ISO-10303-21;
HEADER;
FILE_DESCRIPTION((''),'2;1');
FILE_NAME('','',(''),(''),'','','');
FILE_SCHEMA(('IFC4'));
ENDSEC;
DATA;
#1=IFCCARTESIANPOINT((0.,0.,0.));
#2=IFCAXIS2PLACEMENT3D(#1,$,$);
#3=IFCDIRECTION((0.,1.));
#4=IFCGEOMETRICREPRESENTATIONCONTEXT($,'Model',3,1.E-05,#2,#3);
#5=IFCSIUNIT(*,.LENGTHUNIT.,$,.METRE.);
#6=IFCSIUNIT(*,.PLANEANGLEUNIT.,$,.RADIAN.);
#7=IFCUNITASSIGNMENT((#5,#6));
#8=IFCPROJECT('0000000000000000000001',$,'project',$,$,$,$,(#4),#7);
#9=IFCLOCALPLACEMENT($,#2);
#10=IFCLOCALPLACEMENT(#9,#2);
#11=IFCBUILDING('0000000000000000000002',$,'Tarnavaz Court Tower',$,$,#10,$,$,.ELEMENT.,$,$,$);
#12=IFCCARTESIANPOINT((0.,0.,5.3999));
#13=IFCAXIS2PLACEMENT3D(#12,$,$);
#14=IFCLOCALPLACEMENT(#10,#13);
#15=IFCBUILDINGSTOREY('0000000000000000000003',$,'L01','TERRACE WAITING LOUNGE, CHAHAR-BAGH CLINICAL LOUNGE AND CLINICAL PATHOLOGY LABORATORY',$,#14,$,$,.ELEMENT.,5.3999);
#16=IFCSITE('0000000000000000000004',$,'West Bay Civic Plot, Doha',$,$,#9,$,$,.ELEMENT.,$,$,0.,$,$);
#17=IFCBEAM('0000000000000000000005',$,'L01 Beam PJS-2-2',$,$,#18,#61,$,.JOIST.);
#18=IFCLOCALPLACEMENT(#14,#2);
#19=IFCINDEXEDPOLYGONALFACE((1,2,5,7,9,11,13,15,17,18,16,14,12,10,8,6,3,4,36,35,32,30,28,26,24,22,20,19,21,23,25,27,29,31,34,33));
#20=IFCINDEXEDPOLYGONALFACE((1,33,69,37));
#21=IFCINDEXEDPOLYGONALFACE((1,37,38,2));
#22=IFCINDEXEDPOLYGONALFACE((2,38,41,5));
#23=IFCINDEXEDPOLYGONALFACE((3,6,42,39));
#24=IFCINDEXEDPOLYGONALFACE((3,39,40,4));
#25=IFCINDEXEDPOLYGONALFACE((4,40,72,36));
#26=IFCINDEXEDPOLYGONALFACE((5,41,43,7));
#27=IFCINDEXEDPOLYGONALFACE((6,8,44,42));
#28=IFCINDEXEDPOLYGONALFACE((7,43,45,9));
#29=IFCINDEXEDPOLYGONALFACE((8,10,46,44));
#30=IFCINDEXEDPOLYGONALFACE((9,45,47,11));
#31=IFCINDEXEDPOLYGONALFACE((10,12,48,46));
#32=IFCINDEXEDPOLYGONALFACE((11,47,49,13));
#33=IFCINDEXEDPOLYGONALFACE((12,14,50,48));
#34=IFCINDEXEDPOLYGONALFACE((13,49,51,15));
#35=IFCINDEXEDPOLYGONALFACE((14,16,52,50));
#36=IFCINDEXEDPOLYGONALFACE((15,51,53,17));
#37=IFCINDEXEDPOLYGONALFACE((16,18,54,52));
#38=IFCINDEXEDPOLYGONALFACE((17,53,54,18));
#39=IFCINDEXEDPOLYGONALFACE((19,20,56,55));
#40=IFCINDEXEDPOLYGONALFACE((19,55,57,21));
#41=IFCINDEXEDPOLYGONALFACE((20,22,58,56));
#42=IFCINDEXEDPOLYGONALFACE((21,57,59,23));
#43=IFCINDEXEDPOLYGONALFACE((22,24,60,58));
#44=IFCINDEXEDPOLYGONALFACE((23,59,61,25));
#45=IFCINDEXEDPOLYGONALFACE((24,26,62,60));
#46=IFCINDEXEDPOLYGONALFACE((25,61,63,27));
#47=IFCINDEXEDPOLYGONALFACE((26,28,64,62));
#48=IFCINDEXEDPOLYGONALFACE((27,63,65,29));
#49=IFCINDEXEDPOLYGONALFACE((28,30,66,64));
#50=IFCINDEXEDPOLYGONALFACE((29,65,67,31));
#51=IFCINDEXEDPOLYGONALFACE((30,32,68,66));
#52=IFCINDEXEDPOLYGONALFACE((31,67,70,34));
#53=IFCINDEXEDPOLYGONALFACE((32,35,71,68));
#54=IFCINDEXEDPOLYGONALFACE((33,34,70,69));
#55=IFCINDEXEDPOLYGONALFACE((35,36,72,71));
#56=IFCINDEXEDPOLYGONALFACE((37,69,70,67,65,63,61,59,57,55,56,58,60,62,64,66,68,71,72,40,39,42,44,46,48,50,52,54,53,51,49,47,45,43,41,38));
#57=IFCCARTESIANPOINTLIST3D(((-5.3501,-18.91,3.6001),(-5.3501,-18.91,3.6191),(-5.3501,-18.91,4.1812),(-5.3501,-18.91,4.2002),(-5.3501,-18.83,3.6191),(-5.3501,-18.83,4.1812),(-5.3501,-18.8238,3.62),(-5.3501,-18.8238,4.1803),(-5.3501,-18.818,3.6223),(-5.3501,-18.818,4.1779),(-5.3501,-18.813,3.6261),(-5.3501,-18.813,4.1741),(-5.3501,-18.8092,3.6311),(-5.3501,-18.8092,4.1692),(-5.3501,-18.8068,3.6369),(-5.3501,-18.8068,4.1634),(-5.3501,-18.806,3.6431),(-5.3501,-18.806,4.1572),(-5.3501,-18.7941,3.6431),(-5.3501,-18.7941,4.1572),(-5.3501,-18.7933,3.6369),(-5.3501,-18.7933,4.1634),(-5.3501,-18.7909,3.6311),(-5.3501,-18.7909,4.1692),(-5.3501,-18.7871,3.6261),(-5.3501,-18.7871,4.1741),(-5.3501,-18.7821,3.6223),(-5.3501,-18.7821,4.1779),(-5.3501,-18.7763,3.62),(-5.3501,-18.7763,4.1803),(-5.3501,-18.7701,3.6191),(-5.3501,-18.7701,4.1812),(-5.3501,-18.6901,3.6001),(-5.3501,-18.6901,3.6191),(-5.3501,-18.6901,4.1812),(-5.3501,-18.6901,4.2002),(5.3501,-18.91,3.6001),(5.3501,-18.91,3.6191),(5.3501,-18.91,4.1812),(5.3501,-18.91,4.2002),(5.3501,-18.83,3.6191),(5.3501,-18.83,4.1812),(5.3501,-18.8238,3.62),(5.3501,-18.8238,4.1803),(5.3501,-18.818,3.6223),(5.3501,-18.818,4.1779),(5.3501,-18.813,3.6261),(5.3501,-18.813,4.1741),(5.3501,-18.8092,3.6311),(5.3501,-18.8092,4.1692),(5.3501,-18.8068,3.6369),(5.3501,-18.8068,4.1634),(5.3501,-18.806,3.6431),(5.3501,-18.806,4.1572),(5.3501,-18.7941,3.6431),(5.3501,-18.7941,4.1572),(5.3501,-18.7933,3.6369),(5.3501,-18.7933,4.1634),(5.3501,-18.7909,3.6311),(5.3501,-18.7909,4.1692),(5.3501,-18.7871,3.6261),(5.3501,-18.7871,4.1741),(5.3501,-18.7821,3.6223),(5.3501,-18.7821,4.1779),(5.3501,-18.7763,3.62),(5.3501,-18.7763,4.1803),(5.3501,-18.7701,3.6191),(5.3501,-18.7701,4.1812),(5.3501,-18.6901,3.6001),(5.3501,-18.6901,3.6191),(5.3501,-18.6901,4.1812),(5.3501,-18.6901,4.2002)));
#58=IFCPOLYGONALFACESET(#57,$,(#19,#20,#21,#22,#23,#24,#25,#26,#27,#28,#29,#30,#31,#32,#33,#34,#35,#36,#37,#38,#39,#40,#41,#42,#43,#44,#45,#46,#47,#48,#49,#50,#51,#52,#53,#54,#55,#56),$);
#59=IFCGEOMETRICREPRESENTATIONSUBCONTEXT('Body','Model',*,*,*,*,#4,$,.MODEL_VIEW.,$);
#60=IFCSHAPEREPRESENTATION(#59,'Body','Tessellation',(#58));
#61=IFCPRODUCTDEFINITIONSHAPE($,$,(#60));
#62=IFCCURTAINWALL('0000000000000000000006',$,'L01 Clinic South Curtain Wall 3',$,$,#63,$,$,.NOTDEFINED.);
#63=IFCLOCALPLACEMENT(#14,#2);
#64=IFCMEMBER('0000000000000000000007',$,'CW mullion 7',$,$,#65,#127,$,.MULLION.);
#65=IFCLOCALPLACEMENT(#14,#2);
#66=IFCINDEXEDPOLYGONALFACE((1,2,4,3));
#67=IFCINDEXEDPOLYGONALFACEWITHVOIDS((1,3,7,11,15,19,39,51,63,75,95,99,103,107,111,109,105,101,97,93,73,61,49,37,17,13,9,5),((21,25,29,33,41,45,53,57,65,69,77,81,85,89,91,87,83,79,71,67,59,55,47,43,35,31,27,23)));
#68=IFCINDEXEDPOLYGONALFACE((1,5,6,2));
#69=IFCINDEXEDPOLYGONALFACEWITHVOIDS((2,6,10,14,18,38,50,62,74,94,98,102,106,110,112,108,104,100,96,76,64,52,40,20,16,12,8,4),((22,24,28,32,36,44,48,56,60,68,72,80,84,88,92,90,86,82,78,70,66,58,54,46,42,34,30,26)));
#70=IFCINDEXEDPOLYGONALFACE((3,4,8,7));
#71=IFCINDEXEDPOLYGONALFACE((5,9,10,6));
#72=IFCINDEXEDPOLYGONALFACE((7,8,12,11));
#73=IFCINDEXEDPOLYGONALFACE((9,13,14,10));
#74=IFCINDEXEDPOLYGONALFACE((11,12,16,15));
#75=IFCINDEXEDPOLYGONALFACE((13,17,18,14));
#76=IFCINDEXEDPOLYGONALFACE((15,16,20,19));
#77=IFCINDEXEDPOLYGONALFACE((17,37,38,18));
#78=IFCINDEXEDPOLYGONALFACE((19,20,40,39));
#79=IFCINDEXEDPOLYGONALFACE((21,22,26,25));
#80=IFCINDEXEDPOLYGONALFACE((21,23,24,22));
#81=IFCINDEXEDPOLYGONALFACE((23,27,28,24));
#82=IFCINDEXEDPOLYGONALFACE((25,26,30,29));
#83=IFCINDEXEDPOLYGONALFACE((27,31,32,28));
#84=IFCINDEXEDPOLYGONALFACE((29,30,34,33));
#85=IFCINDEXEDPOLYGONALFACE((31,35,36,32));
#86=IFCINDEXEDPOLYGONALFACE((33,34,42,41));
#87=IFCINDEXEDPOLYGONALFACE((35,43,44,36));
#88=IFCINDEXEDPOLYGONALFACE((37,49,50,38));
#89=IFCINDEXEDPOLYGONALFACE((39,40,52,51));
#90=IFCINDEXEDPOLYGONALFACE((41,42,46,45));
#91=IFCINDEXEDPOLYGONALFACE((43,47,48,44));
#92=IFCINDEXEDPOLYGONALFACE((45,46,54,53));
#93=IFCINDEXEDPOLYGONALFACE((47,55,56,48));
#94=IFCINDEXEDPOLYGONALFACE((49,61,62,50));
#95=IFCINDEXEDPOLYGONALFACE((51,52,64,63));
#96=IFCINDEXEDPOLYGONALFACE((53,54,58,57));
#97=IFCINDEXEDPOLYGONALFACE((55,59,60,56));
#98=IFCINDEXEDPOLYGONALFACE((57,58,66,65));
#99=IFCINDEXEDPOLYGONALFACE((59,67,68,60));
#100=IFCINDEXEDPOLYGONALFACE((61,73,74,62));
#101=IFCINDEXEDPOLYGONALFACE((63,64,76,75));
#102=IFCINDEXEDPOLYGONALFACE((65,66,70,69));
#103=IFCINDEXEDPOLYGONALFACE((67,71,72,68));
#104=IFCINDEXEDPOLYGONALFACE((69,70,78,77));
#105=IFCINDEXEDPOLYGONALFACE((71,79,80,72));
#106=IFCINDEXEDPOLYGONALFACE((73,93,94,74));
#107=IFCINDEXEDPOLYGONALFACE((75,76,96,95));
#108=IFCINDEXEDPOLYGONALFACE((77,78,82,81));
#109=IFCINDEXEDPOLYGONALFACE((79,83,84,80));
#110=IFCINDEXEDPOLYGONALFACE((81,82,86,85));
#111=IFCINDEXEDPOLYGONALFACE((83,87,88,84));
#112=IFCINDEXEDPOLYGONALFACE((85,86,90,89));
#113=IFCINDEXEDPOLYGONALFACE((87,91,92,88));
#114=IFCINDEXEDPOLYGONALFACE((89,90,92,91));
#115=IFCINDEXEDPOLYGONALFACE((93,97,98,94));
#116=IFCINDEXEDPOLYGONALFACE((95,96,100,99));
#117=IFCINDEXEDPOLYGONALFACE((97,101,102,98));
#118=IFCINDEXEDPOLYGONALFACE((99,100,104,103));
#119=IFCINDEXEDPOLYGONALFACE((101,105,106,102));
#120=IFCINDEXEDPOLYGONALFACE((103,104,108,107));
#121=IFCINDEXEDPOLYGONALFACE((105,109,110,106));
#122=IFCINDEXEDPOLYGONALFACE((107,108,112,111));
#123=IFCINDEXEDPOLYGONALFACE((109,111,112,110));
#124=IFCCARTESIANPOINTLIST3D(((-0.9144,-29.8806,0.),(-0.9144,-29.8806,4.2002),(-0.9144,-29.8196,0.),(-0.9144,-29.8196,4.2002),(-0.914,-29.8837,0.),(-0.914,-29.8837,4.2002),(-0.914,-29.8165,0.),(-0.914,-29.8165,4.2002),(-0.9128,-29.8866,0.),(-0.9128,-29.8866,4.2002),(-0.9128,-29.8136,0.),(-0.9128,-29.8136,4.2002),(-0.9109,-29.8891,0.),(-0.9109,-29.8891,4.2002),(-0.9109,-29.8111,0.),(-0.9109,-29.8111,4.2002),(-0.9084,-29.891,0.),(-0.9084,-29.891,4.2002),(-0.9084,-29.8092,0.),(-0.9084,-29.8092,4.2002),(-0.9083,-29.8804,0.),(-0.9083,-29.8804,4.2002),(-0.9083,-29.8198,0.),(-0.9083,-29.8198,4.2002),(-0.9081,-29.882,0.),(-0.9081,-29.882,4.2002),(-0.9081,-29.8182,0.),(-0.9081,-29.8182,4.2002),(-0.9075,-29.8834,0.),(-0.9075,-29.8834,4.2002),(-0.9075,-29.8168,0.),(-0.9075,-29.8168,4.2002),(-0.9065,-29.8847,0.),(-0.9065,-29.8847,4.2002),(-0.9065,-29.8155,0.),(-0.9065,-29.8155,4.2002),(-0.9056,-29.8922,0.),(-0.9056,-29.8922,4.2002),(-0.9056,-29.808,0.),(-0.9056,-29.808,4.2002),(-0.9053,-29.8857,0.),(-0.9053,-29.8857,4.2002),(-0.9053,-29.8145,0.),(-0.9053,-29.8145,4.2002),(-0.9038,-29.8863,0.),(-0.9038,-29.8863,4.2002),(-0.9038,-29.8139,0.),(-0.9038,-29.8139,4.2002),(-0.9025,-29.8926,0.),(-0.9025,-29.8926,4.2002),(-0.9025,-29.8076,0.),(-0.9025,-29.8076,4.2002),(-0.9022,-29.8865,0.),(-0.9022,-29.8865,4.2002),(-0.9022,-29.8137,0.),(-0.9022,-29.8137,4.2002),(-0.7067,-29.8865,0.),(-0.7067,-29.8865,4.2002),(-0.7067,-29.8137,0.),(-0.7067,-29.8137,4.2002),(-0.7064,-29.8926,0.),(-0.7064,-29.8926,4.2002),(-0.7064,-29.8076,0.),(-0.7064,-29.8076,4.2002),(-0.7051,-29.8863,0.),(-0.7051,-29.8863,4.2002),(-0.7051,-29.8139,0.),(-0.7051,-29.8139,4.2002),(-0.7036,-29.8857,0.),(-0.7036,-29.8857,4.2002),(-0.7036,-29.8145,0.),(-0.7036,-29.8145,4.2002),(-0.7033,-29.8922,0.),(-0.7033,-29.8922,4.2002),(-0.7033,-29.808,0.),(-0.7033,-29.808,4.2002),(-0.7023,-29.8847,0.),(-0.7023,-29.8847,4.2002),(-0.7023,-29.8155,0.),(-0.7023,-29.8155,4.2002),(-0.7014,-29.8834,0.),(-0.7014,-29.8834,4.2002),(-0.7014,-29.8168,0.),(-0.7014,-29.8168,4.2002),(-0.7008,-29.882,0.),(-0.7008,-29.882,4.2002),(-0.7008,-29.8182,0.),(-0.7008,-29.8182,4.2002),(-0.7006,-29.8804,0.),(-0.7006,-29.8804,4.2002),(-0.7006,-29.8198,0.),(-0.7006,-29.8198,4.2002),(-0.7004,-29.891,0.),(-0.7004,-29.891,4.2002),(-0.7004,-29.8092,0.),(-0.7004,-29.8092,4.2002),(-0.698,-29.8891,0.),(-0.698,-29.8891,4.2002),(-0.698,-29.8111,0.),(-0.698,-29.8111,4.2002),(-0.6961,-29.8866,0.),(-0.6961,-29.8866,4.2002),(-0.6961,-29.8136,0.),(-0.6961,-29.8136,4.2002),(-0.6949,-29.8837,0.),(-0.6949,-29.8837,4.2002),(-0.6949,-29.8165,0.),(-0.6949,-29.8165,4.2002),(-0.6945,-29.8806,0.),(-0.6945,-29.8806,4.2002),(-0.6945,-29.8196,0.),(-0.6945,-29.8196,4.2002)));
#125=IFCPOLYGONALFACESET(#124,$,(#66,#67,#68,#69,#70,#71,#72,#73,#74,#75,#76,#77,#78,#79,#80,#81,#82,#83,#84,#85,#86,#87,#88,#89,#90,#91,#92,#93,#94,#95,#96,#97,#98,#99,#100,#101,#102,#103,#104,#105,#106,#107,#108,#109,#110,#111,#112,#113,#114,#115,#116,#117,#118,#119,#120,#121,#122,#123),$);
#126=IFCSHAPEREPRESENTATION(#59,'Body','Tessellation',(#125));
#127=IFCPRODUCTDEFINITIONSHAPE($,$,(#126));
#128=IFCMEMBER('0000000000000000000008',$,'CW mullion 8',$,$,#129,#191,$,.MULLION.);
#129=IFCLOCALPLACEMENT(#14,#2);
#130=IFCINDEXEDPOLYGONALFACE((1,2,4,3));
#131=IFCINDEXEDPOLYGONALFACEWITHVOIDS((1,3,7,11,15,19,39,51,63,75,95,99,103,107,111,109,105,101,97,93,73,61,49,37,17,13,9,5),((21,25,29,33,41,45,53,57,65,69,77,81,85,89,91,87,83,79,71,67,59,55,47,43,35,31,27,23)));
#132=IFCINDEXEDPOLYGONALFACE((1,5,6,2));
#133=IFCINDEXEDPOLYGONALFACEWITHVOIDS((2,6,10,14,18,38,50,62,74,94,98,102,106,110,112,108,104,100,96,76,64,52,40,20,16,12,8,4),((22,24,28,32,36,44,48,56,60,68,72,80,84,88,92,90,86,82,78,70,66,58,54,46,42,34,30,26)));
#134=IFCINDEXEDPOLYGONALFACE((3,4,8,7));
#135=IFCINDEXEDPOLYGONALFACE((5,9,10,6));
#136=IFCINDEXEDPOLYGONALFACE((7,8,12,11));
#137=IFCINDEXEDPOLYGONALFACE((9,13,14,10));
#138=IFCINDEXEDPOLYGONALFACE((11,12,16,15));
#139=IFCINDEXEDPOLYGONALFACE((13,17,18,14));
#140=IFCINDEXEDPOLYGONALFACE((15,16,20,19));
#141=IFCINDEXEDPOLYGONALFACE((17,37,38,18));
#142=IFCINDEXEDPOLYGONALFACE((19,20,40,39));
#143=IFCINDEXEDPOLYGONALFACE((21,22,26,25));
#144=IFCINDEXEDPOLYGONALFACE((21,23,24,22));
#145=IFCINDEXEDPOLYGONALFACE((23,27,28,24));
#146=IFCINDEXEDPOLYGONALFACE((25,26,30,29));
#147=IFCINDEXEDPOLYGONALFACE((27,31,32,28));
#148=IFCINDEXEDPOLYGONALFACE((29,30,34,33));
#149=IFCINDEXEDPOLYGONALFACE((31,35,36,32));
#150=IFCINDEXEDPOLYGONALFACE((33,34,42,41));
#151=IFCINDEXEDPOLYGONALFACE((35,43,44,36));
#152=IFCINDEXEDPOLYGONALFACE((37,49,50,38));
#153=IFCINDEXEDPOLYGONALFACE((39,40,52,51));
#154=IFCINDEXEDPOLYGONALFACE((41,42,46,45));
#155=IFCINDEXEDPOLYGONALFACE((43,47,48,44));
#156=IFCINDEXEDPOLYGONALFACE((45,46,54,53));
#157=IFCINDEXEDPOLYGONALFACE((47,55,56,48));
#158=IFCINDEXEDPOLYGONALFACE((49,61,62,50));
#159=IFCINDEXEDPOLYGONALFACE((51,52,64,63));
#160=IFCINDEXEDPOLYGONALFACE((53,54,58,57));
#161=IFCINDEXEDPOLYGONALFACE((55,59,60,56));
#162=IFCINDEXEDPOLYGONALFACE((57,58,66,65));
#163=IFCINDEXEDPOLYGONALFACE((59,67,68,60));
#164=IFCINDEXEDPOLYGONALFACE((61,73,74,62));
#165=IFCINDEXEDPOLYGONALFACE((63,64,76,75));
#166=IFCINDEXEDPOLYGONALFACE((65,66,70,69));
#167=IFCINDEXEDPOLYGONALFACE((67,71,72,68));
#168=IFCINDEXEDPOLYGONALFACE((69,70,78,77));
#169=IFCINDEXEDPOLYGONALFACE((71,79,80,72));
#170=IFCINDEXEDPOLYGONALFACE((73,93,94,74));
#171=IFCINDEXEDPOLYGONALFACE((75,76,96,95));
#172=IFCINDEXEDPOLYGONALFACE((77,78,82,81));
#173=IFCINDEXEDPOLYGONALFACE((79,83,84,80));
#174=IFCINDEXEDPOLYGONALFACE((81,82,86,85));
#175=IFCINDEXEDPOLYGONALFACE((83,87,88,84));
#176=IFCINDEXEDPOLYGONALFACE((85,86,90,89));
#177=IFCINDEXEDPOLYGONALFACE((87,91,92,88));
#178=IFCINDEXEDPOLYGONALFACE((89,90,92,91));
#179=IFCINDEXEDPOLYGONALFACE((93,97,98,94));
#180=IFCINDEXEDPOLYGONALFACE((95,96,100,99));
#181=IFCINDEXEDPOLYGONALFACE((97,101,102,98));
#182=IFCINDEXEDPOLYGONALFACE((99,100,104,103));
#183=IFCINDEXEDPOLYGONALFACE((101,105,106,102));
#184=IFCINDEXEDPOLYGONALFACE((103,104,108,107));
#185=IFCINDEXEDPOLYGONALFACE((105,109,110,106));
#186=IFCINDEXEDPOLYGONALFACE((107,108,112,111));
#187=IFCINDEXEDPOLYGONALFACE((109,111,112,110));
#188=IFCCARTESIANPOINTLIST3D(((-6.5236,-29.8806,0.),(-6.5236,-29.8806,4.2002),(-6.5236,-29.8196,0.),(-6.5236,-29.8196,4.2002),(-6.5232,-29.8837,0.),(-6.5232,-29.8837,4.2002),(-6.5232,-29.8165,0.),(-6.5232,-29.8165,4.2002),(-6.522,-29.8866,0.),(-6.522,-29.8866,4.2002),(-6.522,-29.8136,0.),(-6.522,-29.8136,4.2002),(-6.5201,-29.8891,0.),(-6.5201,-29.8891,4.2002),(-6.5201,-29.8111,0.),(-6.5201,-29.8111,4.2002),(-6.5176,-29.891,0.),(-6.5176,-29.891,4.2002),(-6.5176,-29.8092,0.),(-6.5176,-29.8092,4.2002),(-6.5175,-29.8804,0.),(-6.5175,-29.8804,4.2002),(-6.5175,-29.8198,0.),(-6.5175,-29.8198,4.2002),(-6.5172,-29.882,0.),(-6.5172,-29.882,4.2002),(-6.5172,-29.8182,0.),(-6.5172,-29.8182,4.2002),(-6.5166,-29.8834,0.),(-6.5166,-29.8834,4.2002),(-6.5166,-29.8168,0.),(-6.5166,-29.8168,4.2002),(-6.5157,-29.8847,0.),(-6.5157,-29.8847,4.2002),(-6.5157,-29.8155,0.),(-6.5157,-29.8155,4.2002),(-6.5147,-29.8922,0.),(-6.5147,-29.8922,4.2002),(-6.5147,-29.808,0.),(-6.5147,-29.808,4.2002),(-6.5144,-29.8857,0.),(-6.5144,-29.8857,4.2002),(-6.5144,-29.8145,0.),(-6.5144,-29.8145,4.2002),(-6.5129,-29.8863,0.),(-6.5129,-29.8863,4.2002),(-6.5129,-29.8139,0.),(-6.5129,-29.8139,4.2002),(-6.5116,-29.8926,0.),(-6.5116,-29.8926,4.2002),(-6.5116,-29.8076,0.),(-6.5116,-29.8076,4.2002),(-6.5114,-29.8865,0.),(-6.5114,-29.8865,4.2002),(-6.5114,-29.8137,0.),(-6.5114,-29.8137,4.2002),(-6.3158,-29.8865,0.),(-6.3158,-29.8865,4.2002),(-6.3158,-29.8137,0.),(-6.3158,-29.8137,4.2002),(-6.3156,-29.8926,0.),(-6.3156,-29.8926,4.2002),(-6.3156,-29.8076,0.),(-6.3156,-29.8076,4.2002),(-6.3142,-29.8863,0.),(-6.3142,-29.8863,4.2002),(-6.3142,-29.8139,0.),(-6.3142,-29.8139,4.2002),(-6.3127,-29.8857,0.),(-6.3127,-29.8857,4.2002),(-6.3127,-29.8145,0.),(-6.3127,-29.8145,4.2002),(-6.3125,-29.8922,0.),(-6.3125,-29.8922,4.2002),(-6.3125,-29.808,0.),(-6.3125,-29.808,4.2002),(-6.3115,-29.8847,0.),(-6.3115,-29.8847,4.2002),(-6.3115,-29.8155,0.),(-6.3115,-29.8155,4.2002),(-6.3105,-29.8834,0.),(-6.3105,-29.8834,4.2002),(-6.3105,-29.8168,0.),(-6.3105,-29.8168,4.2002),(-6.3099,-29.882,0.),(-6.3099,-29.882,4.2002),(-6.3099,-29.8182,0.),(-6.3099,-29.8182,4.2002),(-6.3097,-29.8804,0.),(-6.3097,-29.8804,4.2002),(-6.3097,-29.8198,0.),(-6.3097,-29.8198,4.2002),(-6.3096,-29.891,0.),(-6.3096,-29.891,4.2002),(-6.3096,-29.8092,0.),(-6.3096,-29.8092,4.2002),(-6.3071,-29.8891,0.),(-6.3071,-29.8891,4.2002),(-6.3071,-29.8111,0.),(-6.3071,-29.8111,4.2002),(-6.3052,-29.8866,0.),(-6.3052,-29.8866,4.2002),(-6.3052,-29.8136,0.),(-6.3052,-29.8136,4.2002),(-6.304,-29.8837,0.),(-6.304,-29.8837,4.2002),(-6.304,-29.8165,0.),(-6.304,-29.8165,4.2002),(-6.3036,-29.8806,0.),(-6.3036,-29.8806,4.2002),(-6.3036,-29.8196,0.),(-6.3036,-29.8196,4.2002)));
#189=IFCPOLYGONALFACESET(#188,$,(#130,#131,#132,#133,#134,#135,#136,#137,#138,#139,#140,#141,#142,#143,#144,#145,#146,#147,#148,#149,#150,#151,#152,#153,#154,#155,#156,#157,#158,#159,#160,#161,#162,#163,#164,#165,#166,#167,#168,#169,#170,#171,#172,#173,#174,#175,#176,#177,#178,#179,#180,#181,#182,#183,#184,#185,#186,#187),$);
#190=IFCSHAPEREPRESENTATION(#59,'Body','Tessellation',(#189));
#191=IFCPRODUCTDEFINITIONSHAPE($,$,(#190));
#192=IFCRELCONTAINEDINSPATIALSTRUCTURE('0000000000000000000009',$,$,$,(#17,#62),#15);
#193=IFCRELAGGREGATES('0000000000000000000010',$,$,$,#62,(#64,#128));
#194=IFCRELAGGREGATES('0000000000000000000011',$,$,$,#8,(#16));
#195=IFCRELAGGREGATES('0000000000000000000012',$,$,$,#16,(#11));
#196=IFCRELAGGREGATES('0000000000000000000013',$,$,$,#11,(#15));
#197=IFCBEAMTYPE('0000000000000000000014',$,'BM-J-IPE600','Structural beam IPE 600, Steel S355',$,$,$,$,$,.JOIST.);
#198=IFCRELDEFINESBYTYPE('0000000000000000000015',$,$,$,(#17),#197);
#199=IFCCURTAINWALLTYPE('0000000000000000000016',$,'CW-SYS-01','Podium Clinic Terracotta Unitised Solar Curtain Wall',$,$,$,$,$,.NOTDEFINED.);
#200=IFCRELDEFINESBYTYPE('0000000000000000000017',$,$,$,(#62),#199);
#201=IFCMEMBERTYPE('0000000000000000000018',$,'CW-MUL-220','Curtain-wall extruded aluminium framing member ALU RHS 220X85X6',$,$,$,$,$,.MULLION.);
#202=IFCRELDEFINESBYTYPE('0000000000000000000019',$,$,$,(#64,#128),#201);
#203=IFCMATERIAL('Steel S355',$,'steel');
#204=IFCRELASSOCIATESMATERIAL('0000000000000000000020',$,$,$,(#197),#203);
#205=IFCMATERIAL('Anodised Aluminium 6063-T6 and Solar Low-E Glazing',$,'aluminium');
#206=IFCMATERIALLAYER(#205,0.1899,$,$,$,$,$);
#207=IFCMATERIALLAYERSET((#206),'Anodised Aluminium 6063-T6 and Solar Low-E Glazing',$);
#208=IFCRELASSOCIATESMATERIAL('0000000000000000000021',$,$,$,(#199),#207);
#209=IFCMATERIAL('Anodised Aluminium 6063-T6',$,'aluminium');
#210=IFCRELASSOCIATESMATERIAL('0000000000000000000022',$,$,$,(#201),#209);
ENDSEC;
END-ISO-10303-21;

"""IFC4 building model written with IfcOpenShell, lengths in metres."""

from ifc_helpers import new_model, si_unit, direction, frame, origin, origin_2d, place, context, subcontext, project, spatial, hollow_rectangle, i_section, extrude, material, layer, layer_set, material_profile, profile_set, type_object, element, aggregate, save


model = new_model("IFC4")

# Units and contexts
model_context = context("Model", 3, precision=1e-05, world=origin(), true_north=direction((0.0, 1.0)))
body_context = subcontext(model_context, "Body", "Model", "MODEL_VIEW")
ifc_project = project(units=[si_unit("LENGTHUNIT", "METRE"), si_unit("PLANEANGLEUNIT", "RADIAN")], contexts=[model_context])

# Site, building, storey
site_placement = place(None, origin())
site = spatial("IfcSite", under=ifc_project, at=site_placement, Name="West Bay Civic Plot, Doha", CompositionType="ELEMENT", RefElevation=0.0)
building_placement = place(site_placement, origin())
building = spatial("IfcBuilding", under=site, at=building_placement, Name="Tarnavaz Court Tower", CompositionType="ELEMENT")
storey_placement = place(building_placement, frame((0.0, 0.0, 5.3999)))
storey = spatial("IfcBuildingStorey", under=building, at=storey_placement, Name="L01", Description="TERRACE WAITING LOUNGE, CHAHAR-BAGH CLINICAL LOUNGE AND CLINICAL PATHOLOGY LABORATORY", CompositionType="ELEMENT", Elevation=5.3999)

# Beam
ifc_material_1 = material(Name="Steel S355", Category="steel")
ifc_material_profile_1 = material_profile(ifc_material_1, i_section(OverallWidth=0.22, OverallDepth=0.6001, WebThickness=0.012, FlangeThickness=0.019, FilletRadius=0.0239, at=origin_2d()), Name="IPE 600")
ifc_profile_set_1 = profile_set([ifc_material_profile_1], Name="Steel S355")
beam_type_1 = type_object("IfcBeamType", Name="BM-J-IPE600", Description="Structural beam IPE 600, Steel S355", PredefinedType="JOIST", material=ifc_profile_set_1)
for number, where, z_axis, x_axis, name in (
    (1, (-5.3501, -18.8, 3.9001), (1.0, 0.0, 0.0), (0.0, 1.0, 0.0), "L01 Beam PJS-2-2"),
):
    element("IfcBeam", number, at=place(storey_placement, frame(where, z_axis=z_axis, x_axis=x_axis)), inside=storey, type_object=beam_type_1, Name=name, PredefinedType="JOIST", context=body_context, shape_type="SweptSolid", body=[
        extrude(i_section(OverallWidth=0.22, OverallDepth=0.6001, WebThickness=0.012, FlangeThickness=0.019, FilletRadius=0.0239, at=origin_2d()), origin(), (0.0, 0.0, 1.0), 10.7002),
    ])

# Curtain wall, members
ifc_material_2 = material(Name="Anodised Aluminium 6063-T6 and Solar Low-E Glazing", Category="aluminium")
ifc_layer_1 = layer(ifc_material_2, 0.1899)
ifc_layer_set_1 = layer_set([ifc_layer_1], Name="Anodised Aluminium 6063-T6 and Solar Low-E Glazing")
curtain_wall_type = type_object("IfcCurtainWallType", Name="CW-SYS-01", Description="Podium Clinic Terracotta Unitised Solar Curtain Wall", PredefinedType="NOTDEFINED", material=ifc_layer_set_1)
curtain_wall_placement = place(storey_placement, origin())
curtain_wall = element("IfcCurtainWall", 2, at=curtain_wall_placement, inside=storey, type_object=curtain_wall_type, Name="L01 Clinic South Curtain Wall 3", PredefinedType="NOTDEFINED")
ifc_material_3 = material(Name="Anodised Aluminium 6063-T6", Category="aluminium")
ifc_material_profile_2 = material_profile(ifc_material_3, hollow_rectangle(XDim=0.085, YDim=0.22, WallThickness=0.0061, InnerFilletRadius=0.0061, OuterFilletRadius=0.012, at=origin_2d()), Name="ALU RHS 220X85X6")
ifc_profile_set_2 = profile_set([ifc_material_profile_2], Name="Anodised Aluminium 6063-T6")
member_type_1 = type_object("IfcMemberType", Name="CW-MUL-220", Description="Curtain-wall extruded aluminium framing member ALU RHS 220X85X6", PredefinedType="MULLION", material=ifc_profile_set_2)
member_1_placement = place(storey_placement, frame((-0.8044, -29.8501, 0.0), z_axis=(0.0, 0.0, 1.0), x_axis=(0.0, -1.0, 0.0)))
member_1 = element("IfcMember", 3, at=member_1_placement, type_object=member_type_1, Name="CW mullion 7", PredefinedType="MULLION", context=body_context, shape_type="SweptSolid", body=[
    extrude(hollow_rectangle(XDim=0.085, YDim=0.22, WallThickness=0.0061, InnerFilletRadius=0.0061, OuterFilletRadius=0.012, at=origin_2d()), origin(), (0.0, 0.0, 1.0), 4.2002),
])
member_2_placement = place(storey_placement, frame((-6.4136, -29.8501, 0.0), z_axis=(0.0, 0.0, 1.0), x_axis=(0.0, -1.0, 0.0)))
member_2 = element("IfcMember", 4, at=member_2_placement, type_object=member_type_1, Name="CW mullion 8", PredefinedType="MULLION", context=body_context, shape_type="SweptSolid", body=[
    extrude(hollow_rectangle(XDim=0.085, YDim=0.22, WallThickness=0.0061, InnerFilletRadius=0.0061, OuterFilletRadius=0.012, at=origin_2d()), origin(), (0.0, 0.0, 1.0), 4.2002),
])
aggregate(curtain_wall, [member_1, member_2])

save(model, "model.ifc")
